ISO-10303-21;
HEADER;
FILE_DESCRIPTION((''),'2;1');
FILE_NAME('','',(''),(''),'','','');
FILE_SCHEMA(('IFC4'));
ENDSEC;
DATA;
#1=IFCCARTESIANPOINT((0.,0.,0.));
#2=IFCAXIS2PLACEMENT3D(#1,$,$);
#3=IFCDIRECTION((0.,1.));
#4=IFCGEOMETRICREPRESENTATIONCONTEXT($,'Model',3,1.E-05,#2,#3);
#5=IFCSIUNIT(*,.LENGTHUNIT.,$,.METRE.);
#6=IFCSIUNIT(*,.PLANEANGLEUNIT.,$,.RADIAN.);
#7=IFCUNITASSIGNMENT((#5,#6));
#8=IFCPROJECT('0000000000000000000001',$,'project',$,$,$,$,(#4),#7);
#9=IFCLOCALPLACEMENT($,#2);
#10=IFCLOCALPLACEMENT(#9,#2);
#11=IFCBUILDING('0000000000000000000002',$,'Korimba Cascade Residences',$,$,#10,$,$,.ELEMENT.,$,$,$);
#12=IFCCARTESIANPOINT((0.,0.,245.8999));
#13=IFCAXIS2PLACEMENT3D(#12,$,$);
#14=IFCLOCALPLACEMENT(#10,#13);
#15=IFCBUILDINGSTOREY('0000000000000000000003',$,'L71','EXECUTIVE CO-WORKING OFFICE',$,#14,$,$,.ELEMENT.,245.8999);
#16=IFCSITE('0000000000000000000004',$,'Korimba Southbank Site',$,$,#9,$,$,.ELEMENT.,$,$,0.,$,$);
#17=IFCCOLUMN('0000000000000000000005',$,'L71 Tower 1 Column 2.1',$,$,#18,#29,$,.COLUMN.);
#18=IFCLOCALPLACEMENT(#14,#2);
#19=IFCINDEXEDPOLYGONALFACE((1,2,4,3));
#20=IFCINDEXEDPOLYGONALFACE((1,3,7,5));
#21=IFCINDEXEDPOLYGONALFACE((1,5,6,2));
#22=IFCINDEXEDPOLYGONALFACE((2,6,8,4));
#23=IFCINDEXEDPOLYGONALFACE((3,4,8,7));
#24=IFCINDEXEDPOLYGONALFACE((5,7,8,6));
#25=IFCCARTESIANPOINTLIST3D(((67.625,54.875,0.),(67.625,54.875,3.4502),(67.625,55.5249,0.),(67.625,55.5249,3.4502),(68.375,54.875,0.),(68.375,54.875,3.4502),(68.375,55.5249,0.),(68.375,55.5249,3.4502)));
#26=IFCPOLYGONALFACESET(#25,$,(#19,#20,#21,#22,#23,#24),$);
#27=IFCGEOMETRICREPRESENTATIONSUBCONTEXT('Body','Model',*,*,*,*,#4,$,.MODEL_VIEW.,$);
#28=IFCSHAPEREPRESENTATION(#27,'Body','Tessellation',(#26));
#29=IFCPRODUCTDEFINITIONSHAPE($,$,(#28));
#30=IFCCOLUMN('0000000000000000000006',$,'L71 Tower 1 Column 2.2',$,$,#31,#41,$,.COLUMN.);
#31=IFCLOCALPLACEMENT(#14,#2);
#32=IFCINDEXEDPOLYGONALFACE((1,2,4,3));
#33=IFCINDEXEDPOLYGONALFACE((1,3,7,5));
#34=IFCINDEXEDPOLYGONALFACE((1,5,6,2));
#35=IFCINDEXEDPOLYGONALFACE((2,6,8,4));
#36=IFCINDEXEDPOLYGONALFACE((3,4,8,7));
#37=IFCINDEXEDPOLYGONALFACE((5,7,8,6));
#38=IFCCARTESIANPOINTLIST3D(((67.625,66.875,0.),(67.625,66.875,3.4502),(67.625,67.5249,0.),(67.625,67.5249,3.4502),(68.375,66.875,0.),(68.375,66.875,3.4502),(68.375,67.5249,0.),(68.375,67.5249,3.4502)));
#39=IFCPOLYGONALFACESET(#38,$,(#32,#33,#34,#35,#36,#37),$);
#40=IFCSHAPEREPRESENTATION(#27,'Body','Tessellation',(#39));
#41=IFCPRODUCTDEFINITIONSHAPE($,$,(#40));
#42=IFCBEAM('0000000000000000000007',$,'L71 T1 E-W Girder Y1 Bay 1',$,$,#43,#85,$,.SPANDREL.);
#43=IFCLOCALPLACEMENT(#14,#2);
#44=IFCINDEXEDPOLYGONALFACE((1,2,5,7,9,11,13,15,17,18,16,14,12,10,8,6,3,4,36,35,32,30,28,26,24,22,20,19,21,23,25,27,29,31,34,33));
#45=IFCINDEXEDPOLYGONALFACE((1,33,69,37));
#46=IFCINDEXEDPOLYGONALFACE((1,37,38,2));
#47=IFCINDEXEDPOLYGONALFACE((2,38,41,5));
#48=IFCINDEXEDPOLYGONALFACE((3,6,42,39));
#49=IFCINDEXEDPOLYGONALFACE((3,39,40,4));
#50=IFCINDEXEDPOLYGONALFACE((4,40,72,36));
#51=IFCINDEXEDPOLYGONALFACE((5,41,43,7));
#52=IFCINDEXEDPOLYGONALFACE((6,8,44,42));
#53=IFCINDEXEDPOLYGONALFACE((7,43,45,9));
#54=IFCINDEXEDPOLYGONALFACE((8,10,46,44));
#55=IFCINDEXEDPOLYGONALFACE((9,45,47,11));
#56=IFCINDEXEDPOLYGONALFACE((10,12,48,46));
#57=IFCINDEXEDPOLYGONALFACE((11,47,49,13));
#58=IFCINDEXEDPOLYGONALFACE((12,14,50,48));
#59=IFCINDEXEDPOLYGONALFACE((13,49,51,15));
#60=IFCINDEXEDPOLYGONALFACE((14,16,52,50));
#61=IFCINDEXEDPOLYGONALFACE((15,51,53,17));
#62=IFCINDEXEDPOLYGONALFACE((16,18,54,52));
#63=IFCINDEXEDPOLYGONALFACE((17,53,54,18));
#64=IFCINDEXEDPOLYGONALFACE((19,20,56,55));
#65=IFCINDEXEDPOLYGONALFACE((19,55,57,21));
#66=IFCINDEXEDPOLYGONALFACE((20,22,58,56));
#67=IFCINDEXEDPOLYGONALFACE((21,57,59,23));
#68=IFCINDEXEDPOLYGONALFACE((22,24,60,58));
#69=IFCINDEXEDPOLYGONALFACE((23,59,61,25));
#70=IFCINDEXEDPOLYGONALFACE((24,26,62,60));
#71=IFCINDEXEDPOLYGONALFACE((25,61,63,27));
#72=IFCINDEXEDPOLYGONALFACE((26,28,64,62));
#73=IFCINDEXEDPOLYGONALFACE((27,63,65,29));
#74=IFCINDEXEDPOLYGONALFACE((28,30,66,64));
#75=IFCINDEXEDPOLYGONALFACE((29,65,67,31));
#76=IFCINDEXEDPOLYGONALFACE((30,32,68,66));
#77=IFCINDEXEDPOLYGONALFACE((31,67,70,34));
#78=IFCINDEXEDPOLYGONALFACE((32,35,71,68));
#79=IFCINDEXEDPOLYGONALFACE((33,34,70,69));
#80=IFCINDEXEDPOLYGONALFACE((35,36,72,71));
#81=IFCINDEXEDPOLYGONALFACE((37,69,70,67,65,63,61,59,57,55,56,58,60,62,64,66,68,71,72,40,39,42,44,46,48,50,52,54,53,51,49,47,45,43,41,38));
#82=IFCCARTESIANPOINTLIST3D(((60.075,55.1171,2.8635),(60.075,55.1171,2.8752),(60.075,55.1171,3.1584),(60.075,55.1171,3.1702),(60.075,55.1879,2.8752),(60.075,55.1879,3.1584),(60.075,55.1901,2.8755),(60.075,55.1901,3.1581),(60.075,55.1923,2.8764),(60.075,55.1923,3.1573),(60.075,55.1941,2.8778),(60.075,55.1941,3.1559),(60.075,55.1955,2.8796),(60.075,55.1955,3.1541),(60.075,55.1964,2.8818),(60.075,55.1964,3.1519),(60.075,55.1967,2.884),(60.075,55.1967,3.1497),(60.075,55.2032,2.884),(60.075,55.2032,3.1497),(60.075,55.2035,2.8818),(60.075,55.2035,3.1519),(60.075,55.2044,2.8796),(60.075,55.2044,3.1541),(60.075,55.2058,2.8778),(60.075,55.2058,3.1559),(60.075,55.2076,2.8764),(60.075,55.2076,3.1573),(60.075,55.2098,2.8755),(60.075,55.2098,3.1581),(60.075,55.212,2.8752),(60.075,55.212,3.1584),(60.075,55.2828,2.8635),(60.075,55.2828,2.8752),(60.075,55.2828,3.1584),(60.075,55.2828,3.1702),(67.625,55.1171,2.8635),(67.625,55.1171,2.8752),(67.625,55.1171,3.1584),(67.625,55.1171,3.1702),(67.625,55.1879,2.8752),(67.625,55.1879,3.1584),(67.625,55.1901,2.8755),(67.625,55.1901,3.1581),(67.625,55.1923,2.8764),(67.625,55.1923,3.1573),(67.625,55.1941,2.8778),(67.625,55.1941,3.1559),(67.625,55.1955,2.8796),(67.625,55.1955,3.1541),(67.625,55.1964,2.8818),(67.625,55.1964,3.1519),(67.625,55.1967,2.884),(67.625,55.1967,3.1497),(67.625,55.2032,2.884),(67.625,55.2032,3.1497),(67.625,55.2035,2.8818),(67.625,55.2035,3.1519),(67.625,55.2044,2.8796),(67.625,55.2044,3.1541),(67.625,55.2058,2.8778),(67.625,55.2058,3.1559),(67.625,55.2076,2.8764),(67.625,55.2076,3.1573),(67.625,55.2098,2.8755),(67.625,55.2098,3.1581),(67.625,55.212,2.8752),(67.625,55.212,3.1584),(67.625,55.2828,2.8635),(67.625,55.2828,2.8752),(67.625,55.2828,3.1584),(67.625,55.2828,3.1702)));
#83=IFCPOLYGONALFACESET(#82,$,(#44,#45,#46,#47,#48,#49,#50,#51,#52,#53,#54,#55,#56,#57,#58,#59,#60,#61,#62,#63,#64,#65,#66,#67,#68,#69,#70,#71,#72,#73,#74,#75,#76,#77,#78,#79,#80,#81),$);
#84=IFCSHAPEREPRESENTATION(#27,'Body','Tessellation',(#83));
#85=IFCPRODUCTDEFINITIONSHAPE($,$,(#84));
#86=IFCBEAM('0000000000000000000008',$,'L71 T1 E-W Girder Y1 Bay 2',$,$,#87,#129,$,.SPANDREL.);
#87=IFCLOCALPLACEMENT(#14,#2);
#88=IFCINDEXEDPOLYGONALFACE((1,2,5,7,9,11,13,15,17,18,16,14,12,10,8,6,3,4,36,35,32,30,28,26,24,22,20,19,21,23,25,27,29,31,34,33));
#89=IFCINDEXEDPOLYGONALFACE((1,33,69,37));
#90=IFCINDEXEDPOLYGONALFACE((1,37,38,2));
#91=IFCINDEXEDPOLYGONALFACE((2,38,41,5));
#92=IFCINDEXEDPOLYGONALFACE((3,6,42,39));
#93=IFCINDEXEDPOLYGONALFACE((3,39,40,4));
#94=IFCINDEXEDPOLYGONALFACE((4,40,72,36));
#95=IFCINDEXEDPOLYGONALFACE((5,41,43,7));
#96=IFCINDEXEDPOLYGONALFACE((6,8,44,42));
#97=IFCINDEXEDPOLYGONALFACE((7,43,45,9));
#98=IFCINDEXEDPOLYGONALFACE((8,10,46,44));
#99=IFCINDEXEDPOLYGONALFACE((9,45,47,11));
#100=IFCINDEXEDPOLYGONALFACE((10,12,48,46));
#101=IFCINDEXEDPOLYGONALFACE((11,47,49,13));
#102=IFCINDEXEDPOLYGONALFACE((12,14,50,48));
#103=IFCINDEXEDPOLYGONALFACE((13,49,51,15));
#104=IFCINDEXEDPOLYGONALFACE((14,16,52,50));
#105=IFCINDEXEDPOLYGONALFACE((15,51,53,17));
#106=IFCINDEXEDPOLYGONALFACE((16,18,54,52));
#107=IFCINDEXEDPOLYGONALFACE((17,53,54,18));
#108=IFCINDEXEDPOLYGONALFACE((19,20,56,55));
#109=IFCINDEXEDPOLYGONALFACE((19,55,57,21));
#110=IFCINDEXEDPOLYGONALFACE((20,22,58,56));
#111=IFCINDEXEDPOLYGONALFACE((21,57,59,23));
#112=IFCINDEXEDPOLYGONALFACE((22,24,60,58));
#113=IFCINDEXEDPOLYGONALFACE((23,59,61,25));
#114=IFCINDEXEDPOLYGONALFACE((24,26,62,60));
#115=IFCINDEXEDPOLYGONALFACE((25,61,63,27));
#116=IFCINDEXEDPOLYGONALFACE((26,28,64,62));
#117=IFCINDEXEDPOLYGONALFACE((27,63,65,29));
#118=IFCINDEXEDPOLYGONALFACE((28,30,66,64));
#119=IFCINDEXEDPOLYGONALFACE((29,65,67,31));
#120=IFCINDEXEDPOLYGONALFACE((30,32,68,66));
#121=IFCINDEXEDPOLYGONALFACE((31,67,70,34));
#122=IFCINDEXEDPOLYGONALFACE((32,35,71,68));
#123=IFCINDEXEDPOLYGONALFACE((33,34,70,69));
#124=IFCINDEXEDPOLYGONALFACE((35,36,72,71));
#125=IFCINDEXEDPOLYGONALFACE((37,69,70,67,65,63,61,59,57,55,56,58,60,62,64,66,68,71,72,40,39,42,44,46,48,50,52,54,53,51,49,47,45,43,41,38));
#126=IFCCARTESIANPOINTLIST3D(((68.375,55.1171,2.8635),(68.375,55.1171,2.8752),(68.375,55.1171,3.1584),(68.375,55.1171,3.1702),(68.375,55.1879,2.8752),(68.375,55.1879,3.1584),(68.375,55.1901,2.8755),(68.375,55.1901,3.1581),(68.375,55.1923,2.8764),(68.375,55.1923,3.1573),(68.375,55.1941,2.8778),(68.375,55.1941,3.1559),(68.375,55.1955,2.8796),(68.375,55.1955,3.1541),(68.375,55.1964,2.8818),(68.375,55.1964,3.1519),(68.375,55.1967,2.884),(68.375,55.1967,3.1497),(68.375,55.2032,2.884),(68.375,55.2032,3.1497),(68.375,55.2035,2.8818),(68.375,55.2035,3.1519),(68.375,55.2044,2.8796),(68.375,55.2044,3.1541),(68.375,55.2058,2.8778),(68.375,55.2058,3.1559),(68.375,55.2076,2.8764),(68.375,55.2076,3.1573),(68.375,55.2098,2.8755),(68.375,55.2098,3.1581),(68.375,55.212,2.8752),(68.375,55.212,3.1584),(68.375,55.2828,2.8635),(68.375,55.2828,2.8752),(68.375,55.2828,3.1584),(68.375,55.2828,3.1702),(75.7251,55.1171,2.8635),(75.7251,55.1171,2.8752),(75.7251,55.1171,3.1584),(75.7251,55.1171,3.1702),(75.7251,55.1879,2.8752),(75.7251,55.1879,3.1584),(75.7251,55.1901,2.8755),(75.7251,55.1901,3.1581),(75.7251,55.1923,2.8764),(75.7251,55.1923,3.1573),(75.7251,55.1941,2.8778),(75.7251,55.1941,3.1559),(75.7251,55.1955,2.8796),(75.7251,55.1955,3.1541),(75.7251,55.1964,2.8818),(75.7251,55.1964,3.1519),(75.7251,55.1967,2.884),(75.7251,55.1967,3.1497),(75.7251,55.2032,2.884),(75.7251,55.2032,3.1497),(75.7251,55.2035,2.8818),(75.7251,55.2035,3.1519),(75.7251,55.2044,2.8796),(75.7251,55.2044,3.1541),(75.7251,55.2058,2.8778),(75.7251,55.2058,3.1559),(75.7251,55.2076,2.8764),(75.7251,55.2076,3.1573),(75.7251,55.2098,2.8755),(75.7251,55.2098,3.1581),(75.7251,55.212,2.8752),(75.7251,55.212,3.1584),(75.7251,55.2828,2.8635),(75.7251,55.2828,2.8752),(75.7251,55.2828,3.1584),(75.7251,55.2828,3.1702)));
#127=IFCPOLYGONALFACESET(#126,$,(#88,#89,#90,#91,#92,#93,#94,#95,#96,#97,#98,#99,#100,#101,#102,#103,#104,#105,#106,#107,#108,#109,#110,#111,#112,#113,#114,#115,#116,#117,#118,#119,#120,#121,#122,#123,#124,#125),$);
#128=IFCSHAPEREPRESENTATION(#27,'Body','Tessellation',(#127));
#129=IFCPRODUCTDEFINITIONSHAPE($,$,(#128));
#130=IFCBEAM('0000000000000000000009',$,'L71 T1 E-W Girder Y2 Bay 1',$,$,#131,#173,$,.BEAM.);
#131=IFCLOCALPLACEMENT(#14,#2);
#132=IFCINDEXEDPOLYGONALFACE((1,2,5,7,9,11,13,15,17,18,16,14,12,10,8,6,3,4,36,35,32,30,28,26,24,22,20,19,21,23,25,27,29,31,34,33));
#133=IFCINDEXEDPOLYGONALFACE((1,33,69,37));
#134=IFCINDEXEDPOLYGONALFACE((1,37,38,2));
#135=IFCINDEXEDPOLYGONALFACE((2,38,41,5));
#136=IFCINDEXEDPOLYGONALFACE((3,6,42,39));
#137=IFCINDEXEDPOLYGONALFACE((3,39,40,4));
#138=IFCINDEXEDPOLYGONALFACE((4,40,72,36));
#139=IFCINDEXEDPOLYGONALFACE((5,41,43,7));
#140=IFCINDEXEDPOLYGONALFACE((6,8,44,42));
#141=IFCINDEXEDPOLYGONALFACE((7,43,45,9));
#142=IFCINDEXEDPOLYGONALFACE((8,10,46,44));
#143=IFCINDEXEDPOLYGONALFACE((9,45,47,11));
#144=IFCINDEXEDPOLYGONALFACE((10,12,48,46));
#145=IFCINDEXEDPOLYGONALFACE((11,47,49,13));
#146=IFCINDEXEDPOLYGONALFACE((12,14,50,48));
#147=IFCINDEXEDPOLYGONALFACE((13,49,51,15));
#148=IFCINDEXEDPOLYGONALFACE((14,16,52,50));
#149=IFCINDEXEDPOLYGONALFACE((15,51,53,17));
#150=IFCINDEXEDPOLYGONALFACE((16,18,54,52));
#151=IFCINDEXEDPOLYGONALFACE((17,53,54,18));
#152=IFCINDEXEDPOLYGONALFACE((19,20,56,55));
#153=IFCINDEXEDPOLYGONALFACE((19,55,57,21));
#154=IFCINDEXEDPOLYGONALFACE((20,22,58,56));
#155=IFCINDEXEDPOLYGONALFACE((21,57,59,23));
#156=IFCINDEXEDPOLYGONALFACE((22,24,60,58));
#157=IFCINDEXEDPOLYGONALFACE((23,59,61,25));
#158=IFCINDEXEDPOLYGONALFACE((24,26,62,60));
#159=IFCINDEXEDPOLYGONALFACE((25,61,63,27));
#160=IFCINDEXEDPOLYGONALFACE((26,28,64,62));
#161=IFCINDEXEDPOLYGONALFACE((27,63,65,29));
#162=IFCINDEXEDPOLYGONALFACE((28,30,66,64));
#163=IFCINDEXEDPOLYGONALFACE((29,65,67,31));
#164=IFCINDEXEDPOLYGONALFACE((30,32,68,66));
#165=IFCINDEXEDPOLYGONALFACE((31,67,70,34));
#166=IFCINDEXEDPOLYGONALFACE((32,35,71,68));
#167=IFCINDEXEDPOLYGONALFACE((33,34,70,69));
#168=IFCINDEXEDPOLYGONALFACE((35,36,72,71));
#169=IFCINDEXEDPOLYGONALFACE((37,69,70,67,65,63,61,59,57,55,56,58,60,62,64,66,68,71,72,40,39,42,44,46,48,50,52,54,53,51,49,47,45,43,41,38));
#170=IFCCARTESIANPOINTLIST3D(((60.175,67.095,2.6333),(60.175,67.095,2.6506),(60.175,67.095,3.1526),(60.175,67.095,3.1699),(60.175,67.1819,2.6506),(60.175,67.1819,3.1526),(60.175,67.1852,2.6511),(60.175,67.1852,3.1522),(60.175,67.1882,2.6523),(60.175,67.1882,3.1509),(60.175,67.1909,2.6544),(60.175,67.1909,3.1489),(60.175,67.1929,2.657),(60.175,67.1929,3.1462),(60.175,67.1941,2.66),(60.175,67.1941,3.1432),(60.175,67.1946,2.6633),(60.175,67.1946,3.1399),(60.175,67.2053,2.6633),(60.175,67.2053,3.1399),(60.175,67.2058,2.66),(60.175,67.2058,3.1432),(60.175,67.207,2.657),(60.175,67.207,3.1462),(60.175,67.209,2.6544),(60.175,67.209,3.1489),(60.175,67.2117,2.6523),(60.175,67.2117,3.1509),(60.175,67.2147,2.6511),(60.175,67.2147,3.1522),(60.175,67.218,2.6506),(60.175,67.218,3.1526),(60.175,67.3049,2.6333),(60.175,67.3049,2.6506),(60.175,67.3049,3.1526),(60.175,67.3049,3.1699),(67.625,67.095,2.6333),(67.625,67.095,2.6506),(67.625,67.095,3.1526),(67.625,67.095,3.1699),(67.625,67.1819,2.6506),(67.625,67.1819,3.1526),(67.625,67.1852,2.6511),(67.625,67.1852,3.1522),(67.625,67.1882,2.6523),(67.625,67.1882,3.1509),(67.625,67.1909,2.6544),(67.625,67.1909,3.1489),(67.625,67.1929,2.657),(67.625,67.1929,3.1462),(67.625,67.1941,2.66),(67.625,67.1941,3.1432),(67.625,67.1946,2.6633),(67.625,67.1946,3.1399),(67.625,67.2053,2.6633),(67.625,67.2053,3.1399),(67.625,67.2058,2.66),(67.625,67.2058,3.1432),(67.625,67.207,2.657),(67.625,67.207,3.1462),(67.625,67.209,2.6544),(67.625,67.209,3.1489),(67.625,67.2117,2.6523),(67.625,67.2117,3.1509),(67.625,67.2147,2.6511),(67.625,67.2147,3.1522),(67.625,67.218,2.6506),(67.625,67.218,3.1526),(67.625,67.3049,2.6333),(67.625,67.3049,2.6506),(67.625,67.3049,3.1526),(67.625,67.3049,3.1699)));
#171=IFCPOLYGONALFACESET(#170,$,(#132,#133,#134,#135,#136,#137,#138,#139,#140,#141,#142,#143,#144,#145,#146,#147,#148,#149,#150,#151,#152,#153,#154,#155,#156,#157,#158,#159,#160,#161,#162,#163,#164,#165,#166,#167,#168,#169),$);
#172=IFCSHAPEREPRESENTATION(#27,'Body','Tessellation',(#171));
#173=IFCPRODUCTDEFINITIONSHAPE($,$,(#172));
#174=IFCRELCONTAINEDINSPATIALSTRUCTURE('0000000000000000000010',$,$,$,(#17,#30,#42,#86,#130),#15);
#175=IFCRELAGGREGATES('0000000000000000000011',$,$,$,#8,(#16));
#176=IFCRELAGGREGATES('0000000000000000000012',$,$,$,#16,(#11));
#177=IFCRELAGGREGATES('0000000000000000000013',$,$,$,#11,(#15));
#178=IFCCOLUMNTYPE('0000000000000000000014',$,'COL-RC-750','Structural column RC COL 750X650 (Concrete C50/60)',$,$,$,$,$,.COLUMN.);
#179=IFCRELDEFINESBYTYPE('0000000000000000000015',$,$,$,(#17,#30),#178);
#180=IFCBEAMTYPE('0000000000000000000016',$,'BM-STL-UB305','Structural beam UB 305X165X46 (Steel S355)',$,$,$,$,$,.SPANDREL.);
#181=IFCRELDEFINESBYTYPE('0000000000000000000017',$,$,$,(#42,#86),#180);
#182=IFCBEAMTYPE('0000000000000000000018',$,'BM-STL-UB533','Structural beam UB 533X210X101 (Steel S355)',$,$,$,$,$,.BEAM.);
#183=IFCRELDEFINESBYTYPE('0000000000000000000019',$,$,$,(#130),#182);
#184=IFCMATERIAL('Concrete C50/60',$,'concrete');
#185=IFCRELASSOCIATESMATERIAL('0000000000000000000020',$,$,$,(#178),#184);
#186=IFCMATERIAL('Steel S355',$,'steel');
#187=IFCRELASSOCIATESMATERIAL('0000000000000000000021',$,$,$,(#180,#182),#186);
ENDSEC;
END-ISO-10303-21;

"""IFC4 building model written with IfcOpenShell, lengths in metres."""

from ifc_helpers import new_model, si_unit, direction, frame, origin, origin_2d, place, context, subcontext, project, spatial, rectangle, i_section, extrude, material, material_profile, profile_set, type_object, element, save


model = new_model("IFC4")

# Units and contexts
model_context = context("Model", 3, precision=1e-05, world=origin(), true_north=direction((0.0, 1.0)))
body_context = subcontext(model_context, "Body", "Model", "MODEL_VIEW")
ifc_project = project(units=[si_unit("LENGTHUNIT", "METRE"), si_unit("PLANEANGLEUNIT", "RADIAN")], contexts=[model_context])

# Site, building, storey
site_placement = place(None, origin())
site = spatial("IfcSite", under=ifc_project, at=site_placement, Name="Korimba Southbank Site", CompositionType="ELEMENT", RefElevation=0.0)
building_placement = place(site_placement, origin())
building = spatial("IfcBuilding", under=site, at=building_placement, Name="Korimba Cascade Residences", CompositionType="ELEMENT")
storey_placement = place(building_placement, frame((0.0, 0.0, 245.8999)))
storey = spatial("IfcBuildingStorey", under=building, at=storey_placement, Name="L71", Description="EXECUTIVE CO-WORKING OFFICE", CompositionType="ELEMENT", Elevation=245.8999)

# Columns
ifc_material_1 = material(Name="Concrete C50/60", Category="concrete")
ifc_material_profile_1 = material_profile(ifc_material_1, rectangle(XDim=0.75, YDim=0.6499, at=origin_2d()), Name="Concrete C50/60")
ifc_profile_set_1 = profile_set([ifc_material_profile_1], Name="Concrete C50/60")
column_type = type_object("IfcColumnType", Name="COL-RC-750", Description="Structural column RC COL 750X650 (Concrete C50/60)", PredefinedType="COLUMN", material=ifc_profile_set_1)
for number, where, z_axis, x_axis, name in (
    (1, (68.0, 55.2, 0.0), (0.0, 0.0, 1.0), (1.0, 0.0, 0.0), "L71 Tower 1 Column 2.1"),
    (2, (68.0, 67.2, 0.0), (0.0, 0.0, 1.0), (1.0, 0.0, 0.0), "L71 Tower 1 Column 2.2"),
):
    element("IfcColumn", number, at=place(storey_placement, frame(where, z_axis=z_axis, x_axis=x_axis)), inside=storey, type_object=column_type, Name=name, PredefinedType="COLUMN", context=body_context, shape_type="SweptSolid", body=[
        extrude(rectangle(XDim=0.75, YDim=0.6499, at=origin_2d()), origin(), (0.0, 0.0, 1.0), 3.4502),
    ])

# Beams
ifc_material_2 = material(Name="Steel S355", Category="steel")
ifc_material_profile_2 = material_profile(ifc_material_2, i_section(OverallWidth=0.1658, OverallDepth=0.3066, WebThickness=0.0066, FlangeThickness=0.0117, FilletRadius=0.0088, at=origin_2d()), Name="Steel S355")
ifc_profile_set_2 = profile_set([ifc_material_profile_2], Name="Steel S355")
beam_type_1 = type_object("IfcBeamType", Name="BM-STL-UB305", Description="Structural beam UB 305X165X46 (Steel S355)", PredefinedType="SPANDREL", material=ifc_profile_set_2)
beam_1_placement = place(storey_placement, frame((60.075, 55.2, 3.0168), z_axis=(1.0, 0.0, 0.0), x_axis=(0.0, 1.0, 0.0)))
element("IfcBeam", 3, at=beam_1_placement, inside=storey, type_object=beam_type_1, Name="L71 T1 E-W Girder Y1 Bay 1", PredefinedType="SPANDREL", context=body_context, shape_type="SweptSolid", body=[
    extrude(i_section(OverallWidth=0.1658, OverallDepth=0.3066, WebThickness=0.0066, FlangeThickness=0.0117, FilletRadius=0.0088, at=origin_2d()), origin(), (0.0, 0.0, 1.0), 7.55),
])
beam_2_placement = place(storey_placement, frame((68.375, 55.2, 3.0168), z_axis=(1.0, 0.0, 0.0), x_axis=(0.0, 1.0, 0.0)))
element("IfcBeam", 4, at=beam_2_placement, inside=storey, type_object=beam_type_1, Name="L71 T1 E-W Girder Y1 Bay 2", PredefinedType="SPANDREL", context=body_context, shape_type="SweptSolid", body=[
    extrude(i_section(OverallWidth=0.1658, OverallDepth=0.3066, WebThickness=0.0066, FlangeThickness=0.0117, FilletRadius=0.0088, at=origin_2d()), origin(), (0.0, 0.0, 1.0), 7.3501),
])
ifc_material_profile_3 = material_profile(ifc_material_2, i_section(OverallWidth=0.21, OverallDepth=0.5366, WebThickness=0.0107, FlangeThickness=0.0173, FilletRadius=0.0127, at=origin_2d()), Name="Steel S355")
ifc_profile_set_3 = profile_set([ifc_material_profile_3], Name="Steel S355")
beam_type_2 = type_object("IfcBeamType", Name="BM-STL-UB533", Description="Structural beam UB 533X210X101 (Steel S355)", PredefinedType="BEAM", material=ifc_profile_set_3)
beam_3_placement = place(storey_placement, frame((60.175, 67.2, 2.9016), z_axis=(1.0, 0.0, 0.0), x_axis=(0.0, 1.0, 0.0)))
element("IfcBeam", 5, at=beam_3_placement, inside=storey, type_object=beam_type_2, Name="L71 T1 E-W Girder Y2 Bay 1", PredefinedType="BEAM", context=body_context, shape_type="SweptSolid", body=[
    extrude(i_section(OverallWidth=0.21, OverallDepth=0.5366, WebThickness=0.0107, FlangeThickness=0.0173, FilletRadius=0.0127, at=origin_2d()), origin(), (0.0, 0.0, 1.0), 7.45),
])

save(model, "model.ifc")
